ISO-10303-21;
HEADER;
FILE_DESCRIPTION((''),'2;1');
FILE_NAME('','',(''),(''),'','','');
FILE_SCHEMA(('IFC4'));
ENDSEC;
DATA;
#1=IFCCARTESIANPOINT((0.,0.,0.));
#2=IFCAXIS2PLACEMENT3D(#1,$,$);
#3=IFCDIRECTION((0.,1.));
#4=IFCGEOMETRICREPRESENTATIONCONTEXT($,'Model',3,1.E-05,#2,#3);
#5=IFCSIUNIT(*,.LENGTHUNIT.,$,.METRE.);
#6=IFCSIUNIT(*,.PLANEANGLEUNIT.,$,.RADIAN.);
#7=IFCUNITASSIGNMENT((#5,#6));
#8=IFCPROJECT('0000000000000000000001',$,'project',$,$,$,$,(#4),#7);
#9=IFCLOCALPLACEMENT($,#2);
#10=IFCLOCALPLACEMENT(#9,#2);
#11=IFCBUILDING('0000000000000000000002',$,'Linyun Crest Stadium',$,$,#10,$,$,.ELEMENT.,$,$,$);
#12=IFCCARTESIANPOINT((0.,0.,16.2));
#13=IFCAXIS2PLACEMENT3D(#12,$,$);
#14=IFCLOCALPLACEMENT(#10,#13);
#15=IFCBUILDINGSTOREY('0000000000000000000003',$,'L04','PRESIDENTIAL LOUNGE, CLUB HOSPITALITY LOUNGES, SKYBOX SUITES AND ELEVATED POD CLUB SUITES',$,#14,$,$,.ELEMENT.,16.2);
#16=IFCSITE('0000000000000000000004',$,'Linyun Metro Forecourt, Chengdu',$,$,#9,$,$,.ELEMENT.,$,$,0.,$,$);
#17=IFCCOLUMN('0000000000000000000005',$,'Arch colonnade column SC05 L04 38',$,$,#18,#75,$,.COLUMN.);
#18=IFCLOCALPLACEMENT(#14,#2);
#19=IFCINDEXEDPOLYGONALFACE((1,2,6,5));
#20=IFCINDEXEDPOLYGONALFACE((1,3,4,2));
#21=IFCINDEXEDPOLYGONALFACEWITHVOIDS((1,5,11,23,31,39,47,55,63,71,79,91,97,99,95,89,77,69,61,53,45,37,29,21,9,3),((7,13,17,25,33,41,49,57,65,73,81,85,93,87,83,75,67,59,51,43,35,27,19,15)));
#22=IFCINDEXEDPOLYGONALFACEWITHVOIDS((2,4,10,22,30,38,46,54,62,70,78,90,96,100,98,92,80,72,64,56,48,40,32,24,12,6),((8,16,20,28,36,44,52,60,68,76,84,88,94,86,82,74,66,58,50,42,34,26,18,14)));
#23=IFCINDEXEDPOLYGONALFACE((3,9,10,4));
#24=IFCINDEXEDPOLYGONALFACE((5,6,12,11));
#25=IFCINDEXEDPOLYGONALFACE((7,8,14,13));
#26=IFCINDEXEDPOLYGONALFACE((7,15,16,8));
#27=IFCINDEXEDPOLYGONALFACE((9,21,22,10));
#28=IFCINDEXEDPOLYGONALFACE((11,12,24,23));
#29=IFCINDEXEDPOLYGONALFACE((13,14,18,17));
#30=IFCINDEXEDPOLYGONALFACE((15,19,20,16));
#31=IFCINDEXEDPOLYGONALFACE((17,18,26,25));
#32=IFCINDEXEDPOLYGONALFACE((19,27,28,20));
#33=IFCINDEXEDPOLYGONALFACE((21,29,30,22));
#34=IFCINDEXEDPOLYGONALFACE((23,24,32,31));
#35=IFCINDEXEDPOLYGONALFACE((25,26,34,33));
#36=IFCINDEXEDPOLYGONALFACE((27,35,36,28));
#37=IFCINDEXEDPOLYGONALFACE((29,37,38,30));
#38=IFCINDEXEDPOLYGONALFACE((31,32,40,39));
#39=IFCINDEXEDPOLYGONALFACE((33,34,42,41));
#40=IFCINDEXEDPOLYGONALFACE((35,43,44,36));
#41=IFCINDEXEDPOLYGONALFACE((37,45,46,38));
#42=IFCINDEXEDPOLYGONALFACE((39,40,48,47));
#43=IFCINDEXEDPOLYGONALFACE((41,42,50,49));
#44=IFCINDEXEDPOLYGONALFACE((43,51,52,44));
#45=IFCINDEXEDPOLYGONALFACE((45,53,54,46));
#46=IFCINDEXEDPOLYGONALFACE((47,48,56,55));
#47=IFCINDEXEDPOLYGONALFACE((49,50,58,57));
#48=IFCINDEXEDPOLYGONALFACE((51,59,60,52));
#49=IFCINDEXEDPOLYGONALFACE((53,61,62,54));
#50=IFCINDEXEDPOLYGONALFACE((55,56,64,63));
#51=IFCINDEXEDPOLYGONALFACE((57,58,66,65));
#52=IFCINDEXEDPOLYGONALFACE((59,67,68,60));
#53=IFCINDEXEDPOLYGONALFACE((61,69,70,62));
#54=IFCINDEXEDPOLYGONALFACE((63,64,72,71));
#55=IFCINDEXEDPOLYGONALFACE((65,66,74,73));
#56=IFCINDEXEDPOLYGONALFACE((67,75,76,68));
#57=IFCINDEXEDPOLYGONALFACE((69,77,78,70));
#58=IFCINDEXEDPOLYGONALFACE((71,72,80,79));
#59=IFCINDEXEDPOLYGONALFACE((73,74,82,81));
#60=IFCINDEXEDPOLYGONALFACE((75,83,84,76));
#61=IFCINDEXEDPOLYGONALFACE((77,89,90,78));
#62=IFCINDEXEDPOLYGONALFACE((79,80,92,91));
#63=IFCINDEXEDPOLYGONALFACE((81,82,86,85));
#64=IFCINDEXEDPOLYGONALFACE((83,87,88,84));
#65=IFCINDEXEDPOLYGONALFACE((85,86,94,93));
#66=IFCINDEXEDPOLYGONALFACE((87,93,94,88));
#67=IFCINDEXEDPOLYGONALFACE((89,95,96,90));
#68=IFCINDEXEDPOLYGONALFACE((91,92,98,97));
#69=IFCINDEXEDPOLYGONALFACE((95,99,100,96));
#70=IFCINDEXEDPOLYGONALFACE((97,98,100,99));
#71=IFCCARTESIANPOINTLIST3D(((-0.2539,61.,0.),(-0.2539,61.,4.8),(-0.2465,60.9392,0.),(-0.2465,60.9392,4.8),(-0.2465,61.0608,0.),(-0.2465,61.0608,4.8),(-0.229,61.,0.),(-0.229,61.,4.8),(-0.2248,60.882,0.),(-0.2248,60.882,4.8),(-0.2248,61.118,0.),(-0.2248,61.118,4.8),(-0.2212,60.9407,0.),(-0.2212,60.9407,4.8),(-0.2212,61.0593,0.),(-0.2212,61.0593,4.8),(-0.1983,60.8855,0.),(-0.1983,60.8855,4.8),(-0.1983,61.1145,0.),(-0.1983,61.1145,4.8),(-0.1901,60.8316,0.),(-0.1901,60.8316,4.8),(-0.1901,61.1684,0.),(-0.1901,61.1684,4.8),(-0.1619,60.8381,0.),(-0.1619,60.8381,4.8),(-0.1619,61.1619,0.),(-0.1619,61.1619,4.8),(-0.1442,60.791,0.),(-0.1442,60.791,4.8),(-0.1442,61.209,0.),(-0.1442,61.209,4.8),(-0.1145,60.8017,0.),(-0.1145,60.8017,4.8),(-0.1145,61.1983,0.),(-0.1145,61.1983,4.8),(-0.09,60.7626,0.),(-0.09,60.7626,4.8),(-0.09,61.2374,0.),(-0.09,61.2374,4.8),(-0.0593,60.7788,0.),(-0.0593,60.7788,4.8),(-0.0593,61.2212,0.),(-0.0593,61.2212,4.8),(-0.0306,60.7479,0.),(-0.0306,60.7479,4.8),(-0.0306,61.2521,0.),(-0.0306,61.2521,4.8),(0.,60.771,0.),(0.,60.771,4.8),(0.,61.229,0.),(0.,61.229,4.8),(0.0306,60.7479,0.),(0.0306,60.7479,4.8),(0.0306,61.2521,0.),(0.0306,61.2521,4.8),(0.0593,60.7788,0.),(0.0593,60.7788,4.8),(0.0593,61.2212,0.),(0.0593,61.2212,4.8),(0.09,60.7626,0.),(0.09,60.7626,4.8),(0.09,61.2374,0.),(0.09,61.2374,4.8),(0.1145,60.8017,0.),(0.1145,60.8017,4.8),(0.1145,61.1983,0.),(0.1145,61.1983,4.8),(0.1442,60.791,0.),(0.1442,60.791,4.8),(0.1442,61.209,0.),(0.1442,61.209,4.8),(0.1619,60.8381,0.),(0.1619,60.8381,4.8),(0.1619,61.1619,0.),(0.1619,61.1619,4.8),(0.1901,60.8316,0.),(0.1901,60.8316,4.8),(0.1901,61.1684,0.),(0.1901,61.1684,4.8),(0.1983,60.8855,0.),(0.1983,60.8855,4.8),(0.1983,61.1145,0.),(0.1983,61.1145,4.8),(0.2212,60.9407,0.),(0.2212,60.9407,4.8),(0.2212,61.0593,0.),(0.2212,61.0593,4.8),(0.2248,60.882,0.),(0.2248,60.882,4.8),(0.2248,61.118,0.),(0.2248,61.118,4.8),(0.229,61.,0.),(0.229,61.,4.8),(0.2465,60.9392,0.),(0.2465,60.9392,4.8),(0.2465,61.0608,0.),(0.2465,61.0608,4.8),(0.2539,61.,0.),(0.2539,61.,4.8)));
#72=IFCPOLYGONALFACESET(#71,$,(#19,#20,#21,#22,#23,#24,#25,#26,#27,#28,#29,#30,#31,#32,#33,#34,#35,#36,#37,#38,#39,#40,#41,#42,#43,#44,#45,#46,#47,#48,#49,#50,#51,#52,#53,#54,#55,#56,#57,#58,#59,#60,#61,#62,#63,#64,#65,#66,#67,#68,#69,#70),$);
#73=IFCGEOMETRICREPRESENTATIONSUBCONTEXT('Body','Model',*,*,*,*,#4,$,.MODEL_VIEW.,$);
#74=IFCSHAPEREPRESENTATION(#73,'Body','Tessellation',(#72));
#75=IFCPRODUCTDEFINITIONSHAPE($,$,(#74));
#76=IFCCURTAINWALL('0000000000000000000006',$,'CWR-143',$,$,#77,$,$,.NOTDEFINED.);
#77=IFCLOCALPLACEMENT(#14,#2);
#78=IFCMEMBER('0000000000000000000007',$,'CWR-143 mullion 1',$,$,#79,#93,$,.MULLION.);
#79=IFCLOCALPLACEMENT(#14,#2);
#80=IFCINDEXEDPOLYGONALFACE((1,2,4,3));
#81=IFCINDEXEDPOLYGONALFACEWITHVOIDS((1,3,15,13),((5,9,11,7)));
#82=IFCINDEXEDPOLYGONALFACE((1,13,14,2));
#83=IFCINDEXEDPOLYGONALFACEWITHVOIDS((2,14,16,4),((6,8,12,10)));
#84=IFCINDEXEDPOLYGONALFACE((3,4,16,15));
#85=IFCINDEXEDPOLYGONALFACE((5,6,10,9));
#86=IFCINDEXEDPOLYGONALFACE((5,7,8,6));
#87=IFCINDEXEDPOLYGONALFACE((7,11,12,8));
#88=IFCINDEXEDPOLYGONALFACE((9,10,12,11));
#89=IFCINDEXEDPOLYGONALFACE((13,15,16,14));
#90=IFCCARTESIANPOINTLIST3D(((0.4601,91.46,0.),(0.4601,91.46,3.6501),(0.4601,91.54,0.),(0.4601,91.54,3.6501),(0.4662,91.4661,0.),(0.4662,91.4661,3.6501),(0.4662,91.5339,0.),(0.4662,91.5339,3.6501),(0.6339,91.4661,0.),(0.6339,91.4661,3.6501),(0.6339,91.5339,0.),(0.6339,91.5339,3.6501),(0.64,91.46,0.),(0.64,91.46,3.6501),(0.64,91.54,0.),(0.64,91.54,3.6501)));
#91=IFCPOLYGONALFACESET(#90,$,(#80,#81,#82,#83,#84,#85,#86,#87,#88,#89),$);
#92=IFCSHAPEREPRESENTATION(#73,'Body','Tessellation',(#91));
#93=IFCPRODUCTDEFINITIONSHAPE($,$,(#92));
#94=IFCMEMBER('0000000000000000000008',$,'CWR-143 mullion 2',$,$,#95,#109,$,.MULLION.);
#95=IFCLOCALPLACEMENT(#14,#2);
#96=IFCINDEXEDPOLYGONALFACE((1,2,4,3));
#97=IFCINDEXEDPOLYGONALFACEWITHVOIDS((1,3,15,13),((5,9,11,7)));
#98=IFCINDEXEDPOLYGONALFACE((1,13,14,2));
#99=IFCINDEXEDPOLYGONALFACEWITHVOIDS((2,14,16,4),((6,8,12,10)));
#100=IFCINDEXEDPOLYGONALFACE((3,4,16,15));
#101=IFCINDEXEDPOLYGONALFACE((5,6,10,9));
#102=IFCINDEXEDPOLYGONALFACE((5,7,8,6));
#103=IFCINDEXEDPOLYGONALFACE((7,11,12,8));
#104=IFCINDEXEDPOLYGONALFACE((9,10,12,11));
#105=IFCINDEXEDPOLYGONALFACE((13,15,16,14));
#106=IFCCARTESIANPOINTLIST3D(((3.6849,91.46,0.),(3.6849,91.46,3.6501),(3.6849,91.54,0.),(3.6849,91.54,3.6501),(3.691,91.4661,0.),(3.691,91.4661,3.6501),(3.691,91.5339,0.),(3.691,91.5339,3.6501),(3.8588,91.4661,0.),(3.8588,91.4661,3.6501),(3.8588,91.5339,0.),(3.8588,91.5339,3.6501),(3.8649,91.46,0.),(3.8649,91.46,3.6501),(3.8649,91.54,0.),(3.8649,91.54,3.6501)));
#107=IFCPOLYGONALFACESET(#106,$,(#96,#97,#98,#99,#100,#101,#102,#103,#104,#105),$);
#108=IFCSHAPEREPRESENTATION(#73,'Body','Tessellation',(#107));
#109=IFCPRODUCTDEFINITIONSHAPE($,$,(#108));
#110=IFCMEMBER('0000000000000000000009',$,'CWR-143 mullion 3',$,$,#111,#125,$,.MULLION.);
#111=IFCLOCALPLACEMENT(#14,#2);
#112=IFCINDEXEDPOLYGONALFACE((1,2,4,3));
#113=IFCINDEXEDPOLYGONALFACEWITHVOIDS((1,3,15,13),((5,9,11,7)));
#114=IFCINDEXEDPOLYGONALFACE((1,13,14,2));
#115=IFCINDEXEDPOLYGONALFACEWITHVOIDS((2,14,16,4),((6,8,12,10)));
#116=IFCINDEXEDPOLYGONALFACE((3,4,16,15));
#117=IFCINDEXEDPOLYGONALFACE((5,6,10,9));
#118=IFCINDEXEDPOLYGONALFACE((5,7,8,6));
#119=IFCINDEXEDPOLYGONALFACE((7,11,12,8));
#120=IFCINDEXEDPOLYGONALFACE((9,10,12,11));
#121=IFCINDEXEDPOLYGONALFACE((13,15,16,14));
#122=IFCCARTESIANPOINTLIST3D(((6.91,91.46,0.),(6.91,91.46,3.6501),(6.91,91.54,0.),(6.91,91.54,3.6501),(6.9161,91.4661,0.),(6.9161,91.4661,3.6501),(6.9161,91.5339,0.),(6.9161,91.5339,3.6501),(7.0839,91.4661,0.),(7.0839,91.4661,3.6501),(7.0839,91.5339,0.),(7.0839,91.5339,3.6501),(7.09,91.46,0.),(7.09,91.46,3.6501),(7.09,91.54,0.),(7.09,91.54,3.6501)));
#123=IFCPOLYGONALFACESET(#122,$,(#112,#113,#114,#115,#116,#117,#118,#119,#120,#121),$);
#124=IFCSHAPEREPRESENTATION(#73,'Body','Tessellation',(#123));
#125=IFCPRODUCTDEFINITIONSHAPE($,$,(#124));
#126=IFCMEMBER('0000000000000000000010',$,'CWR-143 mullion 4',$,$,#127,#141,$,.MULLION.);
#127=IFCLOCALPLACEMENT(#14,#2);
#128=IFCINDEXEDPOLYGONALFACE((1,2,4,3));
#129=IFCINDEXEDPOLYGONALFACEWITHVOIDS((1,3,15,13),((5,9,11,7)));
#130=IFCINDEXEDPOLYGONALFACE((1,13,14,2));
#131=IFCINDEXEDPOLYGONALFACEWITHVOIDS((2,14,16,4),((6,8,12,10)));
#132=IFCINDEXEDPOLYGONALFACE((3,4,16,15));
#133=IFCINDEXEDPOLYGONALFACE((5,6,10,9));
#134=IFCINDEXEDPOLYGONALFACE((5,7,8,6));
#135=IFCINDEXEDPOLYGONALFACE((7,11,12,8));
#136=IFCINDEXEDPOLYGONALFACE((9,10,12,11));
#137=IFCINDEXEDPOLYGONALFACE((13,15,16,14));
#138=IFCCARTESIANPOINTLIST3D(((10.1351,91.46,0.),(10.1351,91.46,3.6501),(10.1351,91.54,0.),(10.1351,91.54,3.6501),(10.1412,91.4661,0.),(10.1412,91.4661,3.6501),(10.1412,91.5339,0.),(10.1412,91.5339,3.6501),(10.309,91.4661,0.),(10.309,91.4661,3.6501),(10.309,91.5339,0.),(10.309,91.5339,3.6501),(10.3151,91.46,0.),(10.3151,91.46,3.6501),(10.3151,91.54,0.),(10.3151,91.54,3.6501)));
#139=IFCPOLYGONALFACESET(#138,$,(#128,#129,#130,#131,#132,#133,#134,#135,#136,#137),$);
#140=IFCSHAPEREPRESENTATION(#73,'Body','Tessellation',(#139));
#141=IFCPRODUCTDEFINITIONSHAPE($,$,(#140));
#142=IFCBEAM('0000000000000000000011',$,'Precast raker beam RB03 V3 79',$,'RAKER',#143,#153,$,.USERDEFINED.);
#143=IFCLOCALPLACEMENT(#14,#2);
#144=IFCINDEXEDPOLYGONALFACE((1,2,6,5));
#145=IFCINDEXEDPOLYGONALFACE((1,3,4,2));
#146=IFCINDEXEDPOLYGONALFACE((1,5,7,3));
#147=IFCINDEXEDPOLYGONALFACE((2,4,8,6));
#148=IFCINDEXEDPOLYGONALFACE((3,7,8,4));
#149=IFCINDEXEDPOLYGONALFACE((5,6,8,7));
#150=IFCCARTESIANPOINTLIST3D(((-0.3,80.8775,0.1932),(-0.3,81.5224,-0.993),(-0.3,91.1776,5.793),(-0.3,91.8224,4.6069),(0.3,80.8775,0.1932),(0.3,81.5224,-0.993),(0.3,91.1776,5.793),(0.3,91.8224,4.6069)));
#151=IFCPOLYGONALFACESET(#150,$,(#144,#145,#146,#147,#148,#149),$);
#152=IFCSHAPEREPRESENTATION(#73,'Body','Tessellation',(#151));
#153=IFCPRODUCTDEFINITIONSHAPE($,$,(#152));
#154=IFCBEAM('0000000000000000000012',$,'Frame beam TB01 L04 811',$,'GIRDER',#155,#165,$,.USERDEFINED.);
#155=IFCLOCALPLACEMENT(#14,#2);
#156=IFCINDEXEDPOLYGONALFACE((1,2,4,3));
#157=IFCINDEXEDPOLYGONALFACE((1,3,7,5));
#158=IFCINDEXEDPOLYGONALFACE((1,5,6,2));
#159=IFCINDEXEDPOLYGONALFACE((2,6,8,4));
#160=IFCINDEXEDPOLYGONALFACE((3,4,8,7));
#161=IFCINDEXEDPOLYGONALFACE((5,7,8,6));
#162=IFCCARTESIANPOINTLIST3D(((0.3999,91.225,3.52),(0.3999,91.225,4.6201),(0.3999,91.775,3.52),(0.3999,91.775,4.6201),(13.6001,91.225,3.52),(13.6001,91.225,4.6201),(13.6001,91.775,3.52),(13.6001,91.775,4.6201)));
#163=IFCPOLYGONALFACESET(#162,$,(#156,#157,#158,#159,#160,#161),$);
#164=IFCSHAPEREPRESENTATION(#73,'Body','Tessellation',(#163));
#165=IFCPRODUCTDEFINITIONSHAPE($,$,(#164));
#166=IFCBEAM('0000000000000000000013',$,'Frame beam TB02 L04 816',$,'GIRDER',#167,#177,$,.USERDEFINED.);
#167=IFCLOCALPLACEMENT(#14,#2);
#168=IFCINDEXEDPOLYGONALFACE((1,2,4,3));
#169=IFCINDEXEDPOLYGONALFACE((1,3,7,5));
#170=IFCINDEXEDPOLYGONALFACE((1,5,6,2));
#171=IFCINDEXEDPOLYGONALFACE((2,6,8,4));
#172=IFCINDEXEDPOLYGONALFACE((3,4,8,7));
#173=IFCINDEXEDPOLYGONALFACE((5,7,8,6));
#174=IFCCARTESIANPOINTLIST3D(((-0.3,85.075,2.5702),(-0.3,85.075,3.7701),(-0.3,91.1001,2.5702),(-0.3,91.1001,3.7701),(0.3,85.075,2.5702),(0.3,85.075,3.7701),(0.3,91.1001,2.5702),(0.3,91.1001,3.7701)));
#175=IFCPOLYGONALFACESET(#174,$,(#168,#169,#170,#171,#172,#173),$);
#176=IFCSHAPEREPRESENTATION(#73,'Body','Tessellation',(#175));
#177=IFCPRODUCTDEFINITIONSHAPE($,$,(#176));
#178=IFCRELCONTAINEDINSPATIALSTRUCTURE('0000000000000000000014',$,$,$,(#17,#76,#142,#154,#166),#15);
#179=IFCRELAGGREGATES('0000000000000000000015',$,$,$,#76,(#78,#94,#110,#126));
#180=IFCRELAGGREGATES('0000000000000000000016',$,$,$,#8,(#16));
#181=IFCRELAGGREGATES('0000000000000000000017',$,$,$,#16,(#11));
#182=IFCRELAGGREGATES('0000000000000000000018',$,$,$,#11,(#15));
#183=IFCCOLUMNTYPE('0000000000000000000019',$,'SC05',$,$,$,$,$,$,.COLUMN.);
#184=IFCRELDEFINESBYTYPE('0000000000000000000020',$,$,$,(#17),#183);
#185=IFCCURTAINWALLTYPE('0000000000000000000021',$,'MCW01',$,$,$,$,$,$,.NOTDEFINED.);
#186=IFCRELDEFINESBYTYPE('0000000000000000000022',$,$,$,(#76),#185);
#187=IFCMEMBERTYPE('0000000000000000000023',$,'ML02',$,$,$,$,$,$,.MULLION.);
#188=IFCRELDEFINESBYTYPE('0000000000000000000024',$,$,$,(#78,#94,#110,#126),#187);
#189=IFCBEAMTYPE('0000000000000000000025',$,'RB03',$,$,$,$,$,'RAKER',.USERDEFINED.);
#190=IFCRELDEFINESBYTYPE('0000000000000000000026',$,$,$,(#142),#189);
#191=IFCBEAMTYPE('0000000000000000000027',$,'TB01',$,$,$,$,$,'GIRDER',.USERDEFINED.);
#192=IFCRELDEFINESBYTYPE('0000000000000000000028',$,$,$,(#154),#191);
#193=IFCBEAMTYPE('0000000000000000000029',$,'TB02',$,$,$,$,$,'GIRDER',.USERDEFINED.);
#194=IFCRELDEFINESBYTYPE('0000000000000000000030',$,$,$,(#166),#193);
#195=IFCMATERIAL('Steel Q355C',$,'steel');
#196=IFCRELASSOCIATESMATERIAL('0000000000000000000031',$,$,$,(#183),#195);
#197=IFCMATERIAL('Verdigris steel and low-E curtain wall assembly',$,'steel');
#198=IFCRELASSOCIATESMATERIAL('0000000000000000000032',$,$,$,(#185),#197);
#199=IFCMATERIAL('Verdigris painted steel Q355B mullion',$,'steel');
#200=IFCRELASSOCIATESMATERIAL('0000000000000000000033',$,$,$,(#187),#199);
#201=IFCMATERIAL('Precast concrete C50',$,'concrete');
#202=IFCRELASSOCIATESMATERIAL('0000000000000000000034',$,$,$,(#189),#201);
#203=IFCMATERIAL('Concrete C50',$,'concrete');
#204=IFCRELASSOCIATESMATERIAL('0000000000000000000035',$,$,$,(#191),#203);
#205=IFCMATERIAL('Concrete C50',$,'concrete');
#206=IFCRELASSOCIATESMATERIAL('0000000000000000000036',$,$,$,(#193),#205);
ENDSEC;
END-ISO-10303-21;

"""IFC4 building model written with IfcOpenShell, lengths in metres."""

from ifc_helpers import new_model, si_unit, direction, frame, origin, origin_2d, place, context, subcontext, project, spatial, rectangle, hollow_rectangle, hollow_circle, extrude, material, material_profile, profile_set, type_object, element, aggregate, save


model = new_model("IFC4")

# Units and contexts
model_context = context("Model", 3, precision=1e-05, world=origin(), true_north=direction((0.0, 1.0)))
body_context = subcontext(model_context, "Body", "Model", "MODEL_VIEW")
ifc_project = project(units=[si_unit("LENGTHUNIT", "METRE"), si_unit("PLANEANGLEUNIT", "RADIAN")], contexts=[model_context])

# Site, building, storey
site_placement = place(None, origin())
site = spatial("IfcSite", under=ifc_project, at=site_placement, Name="Linyun Metro Forecourt, Chengdu", CompositionType="ELEMENT", RefElevation=0.0)
building_placement = place(site_placement, origin())
building = spatial("IfcBuilding", under=site, at=building_placement, Name="Linyun Crest Stadium", CompositionType="ELEMENT")
storey_placement = place(building_placement, frame((0.0, 0.0, 16.2)))
storey = spatial("IfcBuildingStorey", under=building, at=storey_placement, Name="L04", Description="PRESIDENTIAL LOUNGE, CLUB HOSPITALITY LOUNGES, SKYBOX SUITES AND ELEVATED POD CLUB SUITES", CompositionType="ELEMENT", Elevation=16.2)

# Column
ifc_material_1 = material(Name="Steel Q355C", Category="steel")
ifc_material_profile_1 = material_profile(ifc_material_1, hollow_circle(Radius=0.2539, WallThickness=0.0249, at=origin_2d()), Name="CHS 508x25")
ifc_profile_set_1 = profile_set([ifc_material_profile_1], Name="Steel Q355C")
column_type = type_object("IfcColumnType", Name="SC05", PredefinedType="COLUMN", material=ifc_profile_set_1)
column_placement = place(storey_placement, frame((0.0, 61.0, 0.0), z_axis=(0.0, 0.0, 1.0), x_axis=(1.0, 0.0, 0.0)))
element("IfcColumn", 1, at=column_placement, inside=storey, type_object=column_type, Name="Arch colonnade column SC05 L04 38", PredefinedType="COLUMN", context=body_context, shape_type="SweptSolid", body=[
    extrude(hollow_circle(Radius=0.2539, WallThickness=0.0249, at=origin_2d()), origin(), (0.0, 0.0, 1.0), 4.8),
])

# Curtain wall, members
ifc_material_2 = material(Name="Verdigris steel and low-E curtain wall assembly", Category="steel")
curtain_wall_type = type_object("IfcCurtainWallType", Name="MCW01", PredefinedType="NOTDEFINED", material=ifc_material_2)
curtain_wall_placement = place(storey_placement, origin())
curtain_wall = element("IfcCurtainWall", 2, at=curtain_wall_placement, inside=storey, type_object=curtain_wall_type, Name="CWR-143", PredefinedType="NOTDEFINED")
ifc_material_3 = material(Name="Verdigris painted steel Q355B mullion", Category="steel")
ifc_material_profile_2 = material_profile(ifc_material_3, hollow_rectangle(XDim=0.0801, YDim=0.1799, WallThickness=0.0061, at=origin_2d()), Name="RHS 180x80x6")
ifc_profile_set_2 = profile_set([ifc_material_profile_2], Name="Verdigris painted steel Q355B mullion")
member_type_1 = type_object("IfcMemberType", Name="ML02", PredefinedType="MULLION", material=ifc_profile_set_2)
member_1_placement = place(storey_placement, frame((0.55, 91.5, 0.0), z_axis=(0.0, 0.0, 1.0), x_axis=(0.0, 1.0, 0.0)))
member_1 = element("IfcMember", 3, at=member_1_placement, type_object=member_type_1, Name="CWR-143 mullion 1", PredefinedType="MULLION", context=body_context, shape_type="SweptSolid", body=[
    extrude(hollow_rectangle(XDim=0.0801, YDim=0.1799, WallThickness=0.0061, at=origin_2d()), origin(), (0.0, 0.0, 1.0), 3.6501),
])
member_2_placement = place(storey_placement, frame((3.7749, 91.5, 0.0), z_axis=(0.0, 0.0, 1.0), x_axis=(0.0, 1.0, 0.0)))
member_2 = element("IfcMember", 4, at=member_2_placement, type_object=member_type_1, Name="CWR-143 mullion 2", PredefinedType="MULLION", context=body_context, shape_type="SweptSolid", body=[
    extrude(hollow_rectangle(XDim=0.0801, YDim=0.1799, WallThickness=0.0061, at=origin_2d()), origin(), (0.0, 0.0, 1.0), 3.6501),
])
member_3_placement = place(storey_placement, frame((7.0, 91.5, 0.0), z_axis=(0.0, 0.0, 1.0), x_axis=(0.0, 1.0, 0.0)))
member_3 = element("IfcMember", 5, at=member_3_placement, type_object=member_type_1, Name="CWR-143 mullion 3", PredefinedType="MULLION", context=body_context, shape_type="SweptSolid", body=[
    extrude(hollow_rectangle(XDim=0.0801, YDim=0.1799, WallThickness=0.0061, at=origin_2d()), origin(), (0.0, 0.0, 1.0), 3.6501),
])
member_4_placement = place(storey_placement, frame((10.2251, 91.5, 0.0), z_axis=(0.0, 0.0, 1.0), x_axis=(0.0, 1.0, 0.0)))
member_4 = element("IfcMember", 6, at=member_4_placement, type_object=member_type_1, Name="CWR-143 mullion 4", PredefinedType="MULLION", context=body_context, shape_type="SweptSolid", body=[
    extrude(hollow_rectangle(XDim=0.0801, YDim=0.1799, WallThickness=0.0061, at=origin_2d()), origin(), (0.0, 0.0, 1.0), 3.6501),
])

# Beams
ifc_material_4 = material(Name="Precast concrete C50", Category="concrete")
ifc_material_profile_3 = material_profile(ifc_material_4, rectangle(XDim=0.6001, YDim=1.3501, at=origin_2d()), Name="PCR 1350x600")
ifc_profile_set_3 = profile_set([ifc_material_profile_3], Name="Precast concrete C50")
beam_type_1 = type_object("IfcBeamType", Name="RB03", ElementType="RAKER", PredefinedType="USERDEFINED", material=ifc_profile_set_3)
beam_1_placement = place(storey_placement, frame((0.0, 81.2, -0.3999), z_axis=(0.0, 0.878553, 0.477645), x_axis=(-1.0, 0.0, 0.0)))
element("IfcBeam", 7, at=beam_1_placement, inside=storey, type_object=beam_type_1, Name="Precast raker beam RB03 V3 79", ObjectType="RAKER", PredefinedType="USERDEFINED", context=body_context, shape_type="SweptSolid", body=[
    extrude(rectangle(XDim=0.6001, YDim=1.3501, at=origin_2d()), origin(), (0.0, 0.0, 1.0), 11.7239),
])
ifc_material_5 = material(Name="Concrete C50", Category="concrete")
ifc_material_profile_4 = material_profile(ifc_material_5, rectangle(XDim=0.55, YDim=1.1001, at=origin_2d()), Name="RCB 1100x550")
ifc_profile_set_4 = profile_set([ifc_material_profile_4], Name="Concrete C50")
beam_type_2 = type_object("IfcBeamType", Name="TB01", ElementType="GIRDER", PredefinedType="USERDEFINED", material=ifc_profile_set_4)
beam_2_placement = place(storey_placement, frame((0.3999, 91.5, 4.0701), z_axis=(1.0, 0.0, 0.0), x_axis=(0.0, 1.0, 0.0)))
element("IfcBeam", 8, at=beam_2_placement, inside=storey, type_object=beam_type_2, Name="Frame beam TB01 L04 811", ObjectType="GIRDER", PredefinedType="USERDEFINED", context=body_context, shape_type="SweptSolid", body=[
    extrude(rectangle(XDim=0.55, YDim=1.1001, at=origin_2d()), origin(), (0.0, 0.0, 1.0), 13.2002),
])
ifc_material_6 = material(Name="Concrete C50", Category="concrete")
ifc_material_profile_5 = material_profile(ifc_material_6, rectangle(XDim=0.6001, YDim=1.2, at=origin_2d()), Name="RCB 1200x600")
ifc_profile_set_5 = profile_set([ifc_material_profile_5], Name="Concrete C50")
beam_type_3 = type_object("IfcBeamType", Name="TB02", ElementType="GIRDER", PredefinedType="USERDEFINED", material=ifc_profile_set_5)
beam_3_placement = place(storey_placement, frame((0.0, 85.075, 3.1702), z_axis=(0.0, 1.0, 0.0), x_axis=(-1.0, 0.0, 0.0)))
element("IfcBeam", 9, at=beam_3_placement, inside=storey, type_object=beam_type_3, Name="Frame beam TB02 L04 816", ObjectType="GIRDER", PredefinedType="USERDEFINED", context=body_context, shape_type="SweptSolid", body=[
    extrude(rectangle(XDim=0.6001, YDim=1.2, at=origin_2d()), origin(), (0.0, 0.0, 1.0), 6.0251),
])

aggregate(curtain_wall, [member_1, member_2, member_3, member_4])

save(model, "model.ifc")
